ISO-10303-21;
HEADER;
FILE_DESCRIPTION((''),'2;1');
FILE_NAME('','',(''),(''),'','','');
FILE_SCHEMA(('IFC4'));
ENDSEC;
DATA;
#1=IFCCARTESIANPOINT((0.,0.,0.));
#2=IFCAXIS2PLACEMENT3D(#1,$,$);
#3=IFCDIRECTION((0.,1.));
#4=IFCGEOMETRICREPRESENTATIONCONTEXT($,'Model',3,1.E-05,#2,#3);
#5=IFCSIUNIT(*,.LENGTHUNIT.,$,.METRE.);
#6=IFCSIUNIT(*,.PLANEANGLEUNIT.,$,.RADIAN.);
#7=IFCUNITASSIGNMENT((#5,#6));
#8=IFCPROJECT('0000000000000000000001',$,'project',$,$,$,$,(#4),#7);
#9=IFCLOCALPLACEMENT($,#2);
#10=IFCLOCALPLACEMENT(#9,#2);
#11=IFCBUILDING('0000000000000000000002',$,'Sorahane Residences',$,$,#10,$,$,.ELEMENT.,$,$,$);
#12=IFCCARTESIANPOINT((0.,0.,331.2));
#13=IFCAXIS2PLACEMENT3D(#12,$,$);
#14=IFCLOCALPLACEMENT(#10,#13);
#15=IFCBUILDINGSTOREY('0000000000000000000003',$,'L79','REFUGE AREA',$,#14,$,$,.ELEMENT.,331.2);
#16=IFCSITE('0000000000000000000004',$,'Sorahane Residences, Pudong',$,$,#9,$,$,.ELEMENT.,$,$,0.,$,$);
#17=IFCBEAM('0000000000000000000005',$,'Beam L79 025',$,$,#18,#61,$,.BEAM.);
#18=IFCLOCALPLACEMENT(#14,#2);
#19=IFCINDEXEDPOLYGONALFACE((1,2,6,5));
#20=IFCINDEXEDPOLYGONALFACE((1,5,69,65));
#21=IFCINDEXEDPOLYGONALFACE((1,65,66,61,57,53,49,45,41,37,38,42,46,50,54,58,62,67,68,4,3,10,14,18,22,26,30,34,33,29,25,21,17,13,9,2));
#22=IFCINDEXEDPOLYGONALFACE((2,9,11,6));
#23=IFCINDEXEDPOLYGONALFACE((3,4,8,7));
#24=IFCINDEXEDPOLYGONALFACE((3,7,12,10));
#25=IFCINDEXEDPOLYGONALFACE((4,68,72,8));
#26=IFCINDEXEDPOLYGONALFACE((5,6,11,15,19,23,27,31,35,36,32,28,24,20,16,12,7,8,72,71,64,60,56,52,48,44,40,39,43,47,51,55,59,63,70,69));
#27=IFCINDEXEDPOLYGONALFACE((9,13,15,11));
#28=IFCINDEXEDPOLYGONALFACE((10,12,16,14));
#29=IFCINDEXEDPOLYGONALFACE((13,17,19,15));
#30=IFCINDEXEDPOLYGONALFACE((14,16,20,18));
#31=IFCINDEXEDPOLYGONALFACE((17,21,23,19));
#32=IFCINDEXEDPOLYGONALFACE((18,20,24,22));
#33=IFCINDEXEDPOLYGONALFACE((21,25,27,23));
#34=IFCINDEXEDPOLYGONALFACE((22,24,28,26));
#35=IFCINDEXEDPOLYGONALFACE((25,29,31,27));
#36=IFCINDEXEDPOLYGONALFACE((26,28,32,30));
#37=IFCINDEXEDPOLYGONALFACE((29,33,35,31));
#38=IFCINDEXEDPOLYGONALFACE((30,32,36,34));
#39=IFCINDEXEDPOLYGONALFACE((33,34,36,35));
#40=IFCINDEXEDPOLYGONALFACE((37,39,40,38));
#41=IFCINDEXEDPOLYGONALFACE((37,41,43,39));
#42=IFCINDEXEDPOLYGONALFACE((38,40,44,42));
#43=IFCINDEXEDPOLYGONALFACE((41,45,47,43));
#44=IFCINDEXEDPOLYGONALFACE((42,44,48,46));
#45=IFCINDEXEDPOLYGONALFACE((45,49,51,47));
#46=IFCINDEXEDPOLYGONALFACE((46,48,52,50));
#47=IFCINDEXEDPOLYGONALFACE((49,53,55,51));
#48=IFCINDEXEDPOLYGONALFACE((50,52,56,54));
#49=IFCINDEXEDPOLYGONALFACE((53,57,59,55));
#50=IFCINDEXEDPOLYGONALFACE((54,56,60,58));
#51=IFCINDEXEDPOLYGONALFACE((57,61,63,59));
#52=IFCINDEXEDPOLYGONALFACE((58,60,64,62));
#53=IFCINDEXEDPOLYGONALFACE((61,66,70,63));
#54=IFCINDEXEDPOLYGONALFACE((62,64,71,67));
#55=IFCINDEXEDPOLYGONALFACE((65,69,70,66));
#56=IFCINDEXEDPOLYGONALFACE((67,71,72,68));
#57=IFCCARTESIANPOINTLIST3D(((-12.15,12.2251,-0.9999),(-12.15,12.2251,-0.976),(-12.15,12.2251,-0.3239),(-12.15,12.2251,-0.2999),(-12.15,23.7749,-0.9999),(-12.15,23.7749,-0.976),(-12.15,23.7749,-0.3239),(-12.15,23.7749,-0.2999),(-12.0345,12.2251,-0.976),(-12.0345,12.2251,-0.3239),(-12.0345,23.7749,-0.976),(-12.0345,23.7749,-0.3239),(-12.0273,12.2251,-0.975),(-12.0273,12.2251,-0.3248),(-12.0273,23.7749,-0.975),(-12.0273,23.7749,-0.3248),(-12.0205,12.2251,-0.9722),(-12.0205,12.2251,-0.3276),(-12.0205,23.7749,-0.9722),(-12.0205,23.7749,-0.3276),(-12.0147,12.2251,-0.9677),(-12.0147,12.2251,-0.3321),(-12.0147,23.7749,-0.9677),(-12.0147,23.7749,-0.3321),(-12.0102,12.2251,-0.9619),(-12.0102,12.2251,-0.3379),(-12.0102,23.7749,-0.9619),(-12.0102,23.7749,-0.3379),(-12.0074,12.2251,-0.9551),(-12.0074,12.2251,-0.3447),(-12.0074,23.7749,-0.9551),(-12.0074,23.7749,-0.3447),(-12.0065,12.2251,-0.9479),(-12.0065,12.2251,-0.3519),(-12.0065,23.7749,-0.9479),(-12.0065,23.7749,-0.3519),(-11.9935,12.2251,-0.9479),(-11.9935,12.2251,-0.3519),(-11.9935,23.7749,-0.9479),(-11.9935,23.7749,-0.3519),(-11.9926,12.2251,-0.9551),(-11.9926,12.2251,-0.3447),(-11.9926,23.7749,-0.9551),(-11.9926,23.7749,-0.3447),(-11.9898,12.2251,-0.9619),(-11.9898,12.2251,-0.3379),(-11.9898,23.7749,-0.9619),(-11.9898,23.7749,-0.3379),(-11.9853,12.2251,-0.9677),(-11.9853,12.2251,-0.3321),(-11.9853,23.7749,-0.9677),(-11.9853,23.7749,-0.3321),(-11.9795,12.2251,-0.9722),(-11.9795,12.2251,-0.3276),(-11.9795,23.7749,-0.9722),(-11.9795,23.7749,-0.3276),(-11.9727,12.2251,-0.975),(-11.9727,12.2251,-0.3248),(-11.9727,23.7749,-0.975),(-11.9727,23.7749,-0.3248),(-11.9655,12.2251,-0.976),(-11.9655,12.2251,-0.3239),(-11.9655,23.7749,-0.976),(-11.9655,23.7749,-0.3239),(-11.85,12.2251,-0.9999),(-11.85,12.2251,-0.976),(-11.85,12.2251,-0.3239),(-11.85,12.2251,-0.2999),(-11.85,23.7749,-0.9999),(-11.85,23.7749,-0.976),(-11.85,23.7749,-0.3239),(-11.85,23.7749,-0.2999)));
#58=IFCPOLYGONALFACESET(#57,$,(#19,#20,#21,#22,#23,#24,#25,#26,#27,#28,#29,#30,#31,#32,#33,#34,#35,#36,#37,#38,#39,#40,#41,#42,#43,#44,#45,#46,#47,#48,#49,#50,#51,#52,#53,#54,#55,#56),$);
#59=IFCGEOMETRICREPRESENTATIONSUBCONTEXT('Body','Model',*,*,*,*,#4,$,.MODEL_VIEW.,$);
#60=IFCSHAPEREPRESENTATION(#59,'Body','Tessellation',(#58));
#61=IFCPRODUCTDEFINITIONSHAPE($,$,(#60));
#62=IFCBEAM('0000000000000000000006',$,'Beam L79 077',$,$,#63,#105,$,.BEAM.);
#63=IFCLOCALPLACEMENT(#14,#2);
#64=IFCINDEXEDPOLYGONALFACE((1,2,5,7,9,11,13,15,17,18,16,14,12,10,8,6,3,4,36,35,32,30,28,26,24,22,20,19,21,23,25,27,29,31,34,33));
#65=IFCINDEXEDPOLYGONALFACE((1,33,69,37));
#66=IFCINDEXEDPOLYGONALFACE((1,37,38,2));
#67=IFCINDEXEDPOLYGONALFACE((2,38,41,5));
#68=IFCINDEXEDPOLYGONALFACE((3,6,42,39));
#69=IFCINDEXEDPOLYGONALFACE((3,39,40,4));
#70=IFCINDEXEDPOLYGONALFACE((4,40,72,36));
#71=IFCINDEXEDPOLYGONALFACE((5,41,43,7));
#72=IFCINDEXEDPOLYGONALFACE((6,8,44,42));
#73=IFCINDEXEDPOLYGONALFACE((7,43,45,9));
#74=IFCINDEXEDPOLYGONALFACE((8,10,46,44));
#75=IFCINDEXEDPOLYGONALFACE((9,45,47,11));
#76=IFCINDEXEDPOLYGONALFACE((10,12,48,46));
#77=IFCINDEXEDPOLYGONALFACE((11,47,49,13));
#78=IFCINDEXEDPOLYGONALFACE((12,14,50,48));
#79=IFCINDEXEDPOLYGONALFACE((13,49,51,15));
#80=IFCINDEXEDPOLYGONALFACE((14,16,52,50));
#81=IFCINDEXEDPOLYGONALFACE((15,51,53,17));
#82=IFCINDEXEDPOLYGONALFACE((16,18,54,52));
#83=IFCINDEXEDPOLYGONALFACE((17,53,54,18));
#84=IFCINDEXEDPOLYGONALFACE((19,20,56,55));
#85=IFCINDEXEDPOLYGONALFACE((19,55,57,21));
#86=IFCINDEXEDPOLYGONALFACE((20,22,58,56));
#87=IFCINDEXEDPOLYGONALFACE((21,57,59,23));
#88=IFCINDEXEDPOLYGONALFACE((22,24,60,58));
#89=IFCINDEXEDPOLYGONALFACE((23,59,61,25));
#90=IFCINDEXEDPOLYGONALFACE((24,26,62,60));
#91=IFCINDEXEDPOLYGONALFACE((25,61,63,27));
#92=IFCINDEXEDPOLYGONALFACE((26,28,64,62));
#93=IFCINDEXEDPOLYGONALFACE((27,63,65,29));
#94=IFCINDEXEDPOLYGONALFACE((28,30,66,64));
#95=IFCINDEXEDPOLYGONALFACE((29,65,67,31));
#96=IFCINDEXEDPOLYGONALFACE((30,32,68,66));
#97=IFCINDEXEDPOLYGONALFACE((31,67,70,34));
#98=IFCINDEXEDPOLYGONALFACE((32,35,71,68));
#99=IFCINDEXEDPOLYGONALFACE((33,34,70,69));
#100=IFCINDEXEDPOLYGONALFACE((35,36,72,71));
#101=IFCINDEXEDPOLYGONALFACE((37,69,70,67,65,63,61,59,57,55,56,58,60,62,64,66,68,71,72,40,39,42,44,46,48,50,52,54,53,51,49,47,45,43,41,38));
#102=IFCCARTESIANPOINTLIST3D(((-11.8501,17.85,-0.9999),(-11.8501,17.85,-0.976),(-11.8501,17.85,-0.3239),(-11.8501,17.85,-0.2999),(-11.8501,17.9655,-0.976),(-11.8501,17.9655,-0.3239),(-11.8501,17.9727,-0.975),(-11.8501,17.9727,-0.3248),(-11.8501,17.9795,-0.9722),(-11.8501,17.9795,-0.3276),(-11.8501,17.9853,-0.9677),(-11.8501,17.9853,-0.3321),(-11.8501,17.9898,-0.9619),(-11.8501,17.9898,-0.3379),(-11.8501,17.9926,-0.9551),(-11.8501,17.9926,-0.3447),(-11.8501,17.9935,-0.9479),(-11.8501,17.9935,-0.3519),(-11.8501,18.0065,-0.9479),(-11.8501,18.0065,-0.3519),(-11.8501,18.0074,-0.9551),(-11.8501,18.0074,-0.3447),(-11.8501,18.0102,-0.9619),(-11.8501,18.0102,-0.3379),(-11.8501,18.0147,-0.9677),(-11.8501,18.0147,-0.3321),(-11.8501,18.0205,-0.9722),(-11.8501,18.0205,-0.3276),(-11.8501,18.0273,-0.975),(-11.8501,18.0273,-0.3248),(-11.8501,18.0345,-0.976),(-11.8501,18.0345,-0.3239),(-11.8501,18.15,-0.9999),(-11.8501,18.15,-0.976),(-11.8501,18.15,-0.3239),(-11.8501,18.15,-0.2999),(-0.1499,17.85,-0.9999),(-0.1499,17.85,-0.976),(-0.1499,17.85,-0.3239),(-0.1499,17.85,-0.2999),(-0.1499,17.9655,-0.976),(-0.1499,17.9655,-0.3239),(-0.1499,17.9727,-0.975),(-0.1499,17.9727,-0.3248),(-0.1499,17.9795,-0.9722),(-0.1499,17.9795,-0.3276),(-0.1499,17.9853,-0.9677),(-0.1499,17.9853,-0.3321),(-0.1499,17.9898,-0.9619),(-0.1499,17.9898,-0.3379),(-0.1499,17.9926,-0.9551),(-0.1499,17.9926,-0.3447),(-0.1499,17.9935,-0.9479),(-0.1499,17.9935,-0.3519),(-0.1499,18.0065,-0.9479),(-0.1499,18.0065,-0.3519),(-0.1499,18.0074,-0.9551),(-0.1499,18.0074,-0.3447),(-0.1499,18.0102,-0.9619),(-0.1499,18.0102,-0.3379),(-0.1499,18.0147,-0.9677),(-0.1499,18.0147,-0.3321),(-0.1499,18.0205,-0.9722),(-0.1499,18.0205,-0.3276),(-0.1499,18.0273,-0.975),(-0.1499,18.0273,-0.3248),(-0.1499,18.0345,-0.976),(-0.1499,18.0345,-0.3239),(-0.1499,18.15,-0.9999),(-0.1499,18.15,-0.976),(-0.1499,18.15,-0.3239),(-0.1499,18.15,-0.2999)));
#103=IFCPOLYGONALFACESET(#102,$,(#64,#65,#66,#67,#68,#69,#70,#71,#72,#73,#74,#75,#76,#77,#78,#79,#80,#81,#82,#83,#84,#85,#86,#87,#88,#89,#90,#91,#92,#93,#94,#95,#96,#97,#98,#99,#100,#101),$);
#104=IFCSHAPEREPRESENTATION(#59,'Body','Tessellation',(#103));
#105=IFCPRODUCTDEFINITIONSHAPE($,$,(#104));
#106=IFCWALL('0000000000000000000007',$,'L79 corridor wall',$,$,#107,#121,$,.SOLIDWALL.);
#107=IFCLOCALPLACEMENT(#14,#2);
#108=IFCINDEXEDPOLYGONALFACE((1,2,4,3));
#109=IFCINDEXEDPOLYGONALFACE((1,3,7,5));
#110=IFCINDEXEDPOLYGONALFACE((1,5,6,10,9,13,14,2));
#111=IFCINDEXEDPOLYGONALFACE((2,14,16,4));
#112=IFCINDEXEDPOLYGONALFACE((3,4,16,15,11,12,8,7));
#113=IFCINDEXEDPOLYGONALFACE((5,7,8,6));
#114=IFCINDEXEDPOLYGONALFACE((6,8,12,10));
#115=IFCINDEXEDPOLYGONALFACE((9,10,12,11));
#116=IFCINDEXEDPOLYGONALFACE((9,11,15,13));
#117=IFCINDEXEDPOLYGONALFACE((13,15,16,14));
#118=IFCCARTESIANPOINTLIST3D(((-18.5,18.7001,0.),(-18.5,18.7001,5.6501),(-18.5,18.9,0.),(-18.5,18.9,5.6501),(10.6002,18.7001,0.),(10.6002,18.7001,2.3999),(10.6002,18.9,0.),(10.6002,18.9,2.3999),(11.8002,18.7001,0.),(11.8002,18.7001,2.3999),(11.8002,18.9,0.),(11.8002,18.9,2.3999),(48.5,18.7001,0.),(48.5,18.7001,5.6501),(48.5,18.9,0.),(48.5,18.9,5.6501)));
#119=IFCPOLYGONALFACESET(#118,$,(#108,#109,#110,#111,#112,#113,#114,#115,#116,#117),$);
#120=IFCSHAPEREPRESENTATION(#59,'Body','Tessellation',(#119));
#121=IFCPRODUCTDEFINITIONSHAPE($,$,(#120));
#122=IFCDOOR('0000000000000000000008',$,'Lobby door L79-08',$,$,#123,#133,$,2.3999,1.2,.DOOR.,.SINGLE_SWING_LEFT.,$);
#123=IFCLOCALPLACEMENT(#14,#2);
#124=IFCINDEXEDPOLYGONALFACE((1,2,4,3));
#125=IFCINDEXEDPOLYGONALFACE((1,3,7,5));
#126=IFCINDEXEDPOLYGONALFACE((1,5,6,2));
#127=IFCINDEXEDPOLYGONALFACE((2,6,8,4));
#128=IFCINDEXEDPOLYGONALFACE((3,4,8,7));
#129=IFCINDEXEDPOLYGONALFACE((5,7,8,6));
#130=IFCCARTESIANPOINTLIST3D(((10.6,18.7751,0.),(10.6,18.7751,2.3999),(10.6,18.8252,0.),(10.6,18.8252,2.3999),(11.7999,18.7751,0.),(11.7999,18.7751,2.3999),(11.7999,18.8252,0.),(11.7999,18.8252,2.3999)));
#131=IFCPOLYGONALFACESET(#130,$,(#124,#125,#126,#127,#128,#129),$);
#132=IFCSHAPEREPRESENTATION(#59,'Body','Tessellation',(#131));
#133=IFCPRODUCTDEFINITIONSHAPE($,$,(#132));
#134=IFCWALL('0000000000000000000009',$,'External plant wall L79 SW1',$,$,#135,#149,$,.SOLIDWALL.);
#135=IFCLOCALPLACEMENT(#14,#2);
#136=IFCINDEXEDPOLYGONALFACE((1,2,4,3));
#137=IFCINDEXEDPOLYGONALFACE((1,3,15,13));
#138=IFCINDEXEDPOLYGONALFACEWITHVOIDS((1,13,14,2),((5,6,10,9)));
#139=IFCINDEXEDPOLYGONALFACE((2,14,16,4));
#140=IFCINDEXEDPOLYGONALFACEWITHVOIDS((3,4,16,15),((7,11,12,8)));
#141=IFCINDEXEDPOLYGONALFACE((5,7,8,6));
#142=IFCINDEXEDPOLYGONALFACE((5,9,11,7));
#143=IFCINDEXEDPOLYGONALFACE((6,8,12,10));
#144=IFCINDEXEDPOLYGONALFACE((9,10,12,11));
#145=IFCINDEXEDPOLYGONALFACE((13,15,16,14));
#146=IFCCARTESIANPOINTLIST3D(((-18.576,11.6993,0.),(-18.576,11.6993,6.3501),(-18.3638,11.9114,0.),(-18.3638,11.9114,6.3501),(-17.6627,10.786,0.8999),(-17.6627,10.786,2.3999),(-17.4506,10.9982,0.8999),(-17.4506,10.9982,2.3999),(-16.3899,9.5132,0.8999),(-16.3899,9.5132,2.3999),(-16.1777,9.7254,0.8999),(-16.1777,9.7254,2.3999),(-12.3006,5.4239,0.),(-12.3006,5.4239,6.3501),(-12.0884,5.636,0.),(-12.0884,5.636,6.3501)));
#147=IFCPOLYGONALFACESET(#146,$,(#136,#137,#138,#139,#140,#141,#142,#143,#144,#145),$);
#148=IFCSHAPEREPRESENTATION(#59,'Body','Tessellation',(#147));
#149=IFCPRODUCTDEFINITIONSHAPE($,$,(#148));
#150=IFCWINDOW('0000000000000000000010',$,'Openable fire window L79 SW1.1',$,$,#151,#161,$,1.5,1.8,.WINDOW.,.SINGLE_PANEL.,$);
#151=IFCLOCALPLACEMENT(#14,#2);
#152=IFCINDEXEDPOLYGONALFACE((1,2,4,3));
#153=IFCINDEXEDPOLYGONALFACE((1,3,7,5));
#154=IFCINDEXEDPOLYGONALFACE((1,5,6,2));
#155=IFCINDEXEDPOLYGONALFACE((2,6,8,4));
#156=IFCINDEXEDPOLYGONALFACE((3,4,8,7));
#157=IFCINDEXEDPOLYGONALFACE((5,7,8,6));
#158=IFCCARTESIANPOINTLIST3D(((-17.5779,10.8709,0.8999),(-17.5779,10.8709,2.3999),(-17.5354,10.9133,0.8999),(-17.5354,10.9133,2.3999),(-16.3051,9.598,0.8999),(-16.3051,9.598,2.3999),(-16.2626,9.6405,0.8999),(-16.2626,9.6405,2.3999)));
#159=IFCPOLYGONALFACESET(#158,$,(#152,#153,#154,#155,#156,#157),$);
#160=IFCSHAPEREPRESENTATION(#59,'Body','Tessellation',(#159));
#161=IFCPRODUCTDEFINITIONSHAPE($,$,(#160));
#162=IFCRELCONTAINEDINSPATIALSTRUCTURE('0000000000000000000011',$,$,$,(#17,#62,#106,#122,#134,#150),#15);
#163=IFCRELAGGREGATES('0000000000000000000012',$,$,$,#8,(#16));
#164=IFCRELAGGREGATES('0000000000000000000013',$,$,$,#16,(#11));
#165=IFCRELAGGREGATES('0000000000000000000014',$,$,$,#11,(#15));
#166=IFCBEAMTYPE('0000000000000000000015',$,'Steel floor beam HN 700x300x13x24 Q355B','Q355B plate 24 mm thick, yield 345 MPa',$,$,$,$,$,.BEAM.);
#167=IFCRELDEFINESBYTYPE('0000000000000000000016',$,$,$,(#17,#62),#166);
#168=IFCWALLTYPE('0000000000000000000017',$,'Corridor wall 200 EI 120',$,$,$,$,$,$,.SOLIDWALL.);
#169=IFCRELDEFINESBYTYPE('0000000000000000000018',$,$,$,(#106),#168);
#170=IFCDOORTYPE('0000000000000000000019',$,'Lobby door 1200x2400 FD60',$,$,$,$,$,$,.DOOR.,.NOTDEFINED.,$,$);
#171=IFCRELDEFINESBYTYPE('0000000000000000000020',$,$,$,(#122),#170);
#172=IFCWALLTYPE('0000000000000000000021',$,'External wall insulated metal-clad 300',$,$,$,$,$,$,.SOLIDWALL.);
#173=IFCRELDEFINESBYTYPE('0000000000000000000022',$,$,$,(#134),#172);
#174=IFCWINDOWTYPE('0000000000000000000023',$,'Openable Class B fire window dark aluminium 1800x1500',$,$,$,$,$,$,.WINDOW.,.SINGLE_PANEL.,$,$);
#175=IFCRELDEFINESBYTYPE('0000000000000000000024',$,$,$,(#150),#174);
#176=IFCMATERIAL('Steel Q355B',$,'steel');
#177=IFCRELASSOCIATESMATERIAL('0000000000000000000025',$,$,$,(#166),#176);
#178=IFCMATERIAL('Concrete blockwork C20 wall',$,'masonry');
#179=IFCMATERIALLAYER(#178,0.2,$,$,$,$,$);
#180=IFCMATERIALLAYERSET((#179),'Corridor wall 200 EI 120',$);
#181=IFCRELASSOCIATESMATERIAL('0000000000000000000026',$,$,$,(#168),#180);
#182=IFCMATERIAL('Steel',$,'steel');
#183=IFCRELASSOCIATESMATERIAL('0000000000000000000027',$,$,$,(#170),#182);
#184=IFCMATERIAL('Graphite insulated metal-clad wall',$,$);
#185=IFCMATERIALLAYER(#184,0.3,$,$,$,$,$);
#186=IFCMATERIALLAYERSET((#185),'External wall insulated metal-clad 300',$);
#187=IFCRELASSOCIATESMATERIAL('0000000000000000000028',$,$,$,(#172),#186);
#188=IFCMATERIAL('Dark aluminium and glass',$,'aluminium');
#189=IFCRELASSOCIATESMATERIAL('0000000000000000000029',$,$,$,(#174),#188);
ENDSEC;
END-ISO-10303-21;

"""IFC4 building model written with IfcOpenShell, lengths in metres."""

from ifc_helpers import new_model, si_unit, direction, frame, frame_2d, origin, origin_2d, place, context, subcontext, project, spatial, rectangle, i_section, extrude, material, layer, layer_set, material_profile, profile_set, type_object, element, fill, save


model = new_model("IFC4")

# Units and contexts
model_context = context("Model", 3, precision=1e-05, world=origin(), true_north=direction((0.0, 1.0)))
body_context = subcontext(model_context, "Body", "Model", "MODEL_VIEW")
ifc_project = project(units=[si_unit("LENGTHUNIT", "METRE"), si_unit("PLANEANGLEUNIT", "RADIAN")], contexts=[model_context])

# Site, building, storey
site_placement = place(None, origin())
site = spatial("IfcSite", under=ifc_project, at=site_placement, Name="Sorahane Residences, Pudong", CompositionType="ELEMENT", RefElevation=0.0)
building_placement = place(site_placement, origin())
building = spatial("IfcBuilding", under=site, at=building_placement, Name="Sorahane Residences", CompositionType="ELEMENT")
storey_placement = place(building_placement, frame((0.0, 0.0, 331.2)))
storey = spatial("IfcBuildingStorey", under=building, at=storey_placement, Name="L79", Description="REFUGE AREA", CompositionType="ELEMENT", Elevation=331.2)

# Beams
ifc_material_1 = material(Name="Steel Q355B", Category="steel")
ifc_material_profile_1 = material_profile(ifc_material_1, i_section(OverallWidth=0.3, OverallDepth=0.7, WebThickness=0.0129, FlangeThickness=0.0239, FilletRadius=0.0281, at=origin_2d()), Name="HN 700x300x13x24")
ifc_profile_set_1 = profile_set([ifc_material_profile_1], Name="Steel Q355B")
beam_type_1 = type_object("IfcBeamType", Name="Steel floor beam HN 700x300x13x24 Q355B", Description="Q355B plate 24 mm thick, yield 345 MPa", PredefinedType="BEAM", material=ifc_profile_set_1)
beam_1_placement = place(storey_placement, frame((-12.0, 12.2251, -0.6499), z_axis=(0.0, 1.0, 0.0), x_axis=(-1.0, 0.0, 0.0)))
element("IfcBeam", 1, at=beam_1_placement, inside=storey, type_object=beam_type_1, Name="Beam L79 025", PredefinedType="BEAM", context=body_context, shape_type="SweptSolid", body=[
    extrude(i_section(OverallWidth=0.3, OverallDepth=0.7, WebThickness=0.0129, FlangeThickness=0.0239, FilletRadius=0.0281, at=origin_2d()), origin(), (0.0, 0.0, 1.0), 11.5498),
])
beam_2_placement = place(storey_placement, frame((-11.8501, 18.0, -0.6499), z_axis=(1.0, 0.0, 0.0), x_axis=(0.0, 1.0, 0.0)))
element("IfcBeam", 2, at=beam_2_placement, inside=storey, type_object=beam_type_1, Name="Beam L79 077", PredefinedType="BEAM", context=body_context, shape_type="SweptSolid", body=[
    extrude(i_section(OverallWidth=0.3, OverallDepth=0.7, WebThickness=0.0129, FlangeThickness=0.0239, FilletRadius=0.0281, at=origin_2d()), origin(), (0.0, 0.0, 1.0), 11.7002),
])

# Wall, opening, door
ifc_material_2 = material(Name="Concrete blockwork C20 wall", Category="masonry")
ifc_layer_1 = layer(ifc_material_2, 0.2)
ifc_layer_set_1 = layer_set([ifc_layer_1], Name="Corridor wall 200 EI 120")
wall_type_1 = type_object("IfcWallType", Name="Corridor wall 200 EI 120", PredefinedType="SOLIDWALL", material=ifc_layer_set_1)
wall_1_placement = place(storey_placement, frame((-18.5, 18.8, 0.0), z_axis=(0.0, 0.0, 1.0), x_axis=(1.0, 0.0, 0.0)))
wall_1 = element("IfcWall", 3, at=wall_1_placement, inside=storey, type_object=wall_type_1, Name="L79 corridor wall", PredefinedType="SOLIDWALL", context=body_context, shape_type="SweptSolid", body=[
    extrude(rectangle(XDim=67.0, YDim=0.2, at=frame_2d((33.5, 0.0))), origin(), (0.0, 0.0, 1.0), 5.6501),
])
opening_1_placement = place(wall_1_placement, frame((29.1001, 0.0, 0.0)))
opening_1 = element("IfcOpeningElement", 4, at=opening_1_placement, cuts=wall_1, PredefinedType="OPENING", context=body_context, shape_type="SweptSolid", body=[
    extrude(rectangle(XDim=1.2, YDim=2.3999, at=frame_2d((0.6001, 1.2))), frame((0.0, 0.1099, 0.0), z_axis=(0.0, -1.0, 0.0), x_axis=(1.0, 0.0, 0.0)), (0.0, 0.0, 1.0), 0.22),
])
ifc_material_3 = material(Name="Steel", Category="steel")
door_type_1 = type_object("IfcDoorType", Name="Lobby door 1200x2400 FD60", OperationType="NOTDEFINED", PredefinedType="DOOR", material=ifc_material_3)
door_1_placement = place(opening_1_placement, frame((1.2, 0.0, 0.0), z_axis=(0.0, 0.0, 1.0), x_axis=(-1.0, 0.0, 0.0)))
door_1 = element("IfcDoor", 5, at=door_1_placement, inside=storey, type_object=door_type_1, Name="Lobby door L79-08", OperationType="SINGLE_SWING_LEFT", OverallHeight=2.3999, OverallWidth=1.2, PredefinedType="DOOR", context=body_context, shape_type="SweptSolid", body=[
    extrude(rectangle(XDim=1.2, YDim=2.3999, at=frame_2d((0.6001, 1.2))), frame((0.0, 0.0249, 0.0), z_axis=(0.0, -1.0, 0.0), x_axis=(1.0, 0.0, 0.0)), (0.0, 0.0, 1.0), 0.05),
])
fill(opening_1, door_1)

# Wall, opening, window
ifc_material_4 = material(Name="Graphite insulated metal-clad wall")
ifc_layer_2 = layer(ifc_material_4, 0.3)
ifc_layer_set_2 = layer_set([ifc_layer_2], Name="External wall insulated metal-clad 300")
wall_type_2 = type_object("IfcWallType", Name="External wall insulated metal-clad 300", PredefinedType="SOLIDWALL", material=ifc_layer_set_2)
wall_2_placement = place(storey_placement, frame((-18.47, 11.8054, 0.0), z_axis=(0.0, 0.0, 1.0), x_axis=(0.707107, -0.707107, 0.0)))
wall_2 = element("IfcWall", 6, at=wall_2_placement, inside=storey, type_object=wall_type_2, Name="External plant wall L79 SW1", PredefinedType="SOLIDWALL", context=body_context, shape_type="SweptSolid", body=[
    extrude(rectangle(XDim=8.8748, YDim=0.3, at=frame_2d((4.4375, 0.0))), origin(), (0.0, 0.0, 1.0), 6.3501),
])
opening_2_placement = place(wall_2_placement, frame((1.2917, 0.0, 0.8999)))
opening_2 = element("IfcOpeningElement", 7, at=opening_2_placement, cuts=wall_2, PredefinedType="OPENING", context=body_context, shape_type="SweptSolid", body=[
    extrude(rectangle(XDim=1.8, YDim=1.5, at=frame_2d((0.8999, 0.75))), frame((0.0, 0.1599, 0.0), z_axis=(0.0, -1.0, 0.0), x_axis=(1.0, 0.0, 0.0)), (0.0, 0.0, 1.0), 0.3201),
])
ifc_material_5 = material(Name="Dark aluminium and glass", Category="aluminium")
window_type = type_object("IfcWindowType", Name="Openable Class B fire window dark aluminium 1800x1500", PartitioningType="SINGLE_PANEL", PredefinedType="WINDOW", material=ifc_material_5)
window_placement = place(opening_2_placement, origin())
window = element("IfcWindow", 8, at=window_placement, inside=storey, type_object=window_type, Name="Openable fire window L79 SW1.1", OverallHeight=1.5, OverallWidth=1.8, PartitioningType="SINGLE_PANEL", PredefinedType="WINDOW", context=body_context, shape_type="SweptSolid", body=[
    extrude(rectangle(XDim=1.8, YDim=1.5, at=frame_2d((0.8999, 0.75))), frame((0.0, 0.03, 0.0), z_axis=(0.0, -1.0, 0.0), x_axis=(1.0, 0.0, 0.0)), (0.0, 0.0, 1.0), 0.0601),
])
fill(opening_2, window)

save(model, "model.ifc")
